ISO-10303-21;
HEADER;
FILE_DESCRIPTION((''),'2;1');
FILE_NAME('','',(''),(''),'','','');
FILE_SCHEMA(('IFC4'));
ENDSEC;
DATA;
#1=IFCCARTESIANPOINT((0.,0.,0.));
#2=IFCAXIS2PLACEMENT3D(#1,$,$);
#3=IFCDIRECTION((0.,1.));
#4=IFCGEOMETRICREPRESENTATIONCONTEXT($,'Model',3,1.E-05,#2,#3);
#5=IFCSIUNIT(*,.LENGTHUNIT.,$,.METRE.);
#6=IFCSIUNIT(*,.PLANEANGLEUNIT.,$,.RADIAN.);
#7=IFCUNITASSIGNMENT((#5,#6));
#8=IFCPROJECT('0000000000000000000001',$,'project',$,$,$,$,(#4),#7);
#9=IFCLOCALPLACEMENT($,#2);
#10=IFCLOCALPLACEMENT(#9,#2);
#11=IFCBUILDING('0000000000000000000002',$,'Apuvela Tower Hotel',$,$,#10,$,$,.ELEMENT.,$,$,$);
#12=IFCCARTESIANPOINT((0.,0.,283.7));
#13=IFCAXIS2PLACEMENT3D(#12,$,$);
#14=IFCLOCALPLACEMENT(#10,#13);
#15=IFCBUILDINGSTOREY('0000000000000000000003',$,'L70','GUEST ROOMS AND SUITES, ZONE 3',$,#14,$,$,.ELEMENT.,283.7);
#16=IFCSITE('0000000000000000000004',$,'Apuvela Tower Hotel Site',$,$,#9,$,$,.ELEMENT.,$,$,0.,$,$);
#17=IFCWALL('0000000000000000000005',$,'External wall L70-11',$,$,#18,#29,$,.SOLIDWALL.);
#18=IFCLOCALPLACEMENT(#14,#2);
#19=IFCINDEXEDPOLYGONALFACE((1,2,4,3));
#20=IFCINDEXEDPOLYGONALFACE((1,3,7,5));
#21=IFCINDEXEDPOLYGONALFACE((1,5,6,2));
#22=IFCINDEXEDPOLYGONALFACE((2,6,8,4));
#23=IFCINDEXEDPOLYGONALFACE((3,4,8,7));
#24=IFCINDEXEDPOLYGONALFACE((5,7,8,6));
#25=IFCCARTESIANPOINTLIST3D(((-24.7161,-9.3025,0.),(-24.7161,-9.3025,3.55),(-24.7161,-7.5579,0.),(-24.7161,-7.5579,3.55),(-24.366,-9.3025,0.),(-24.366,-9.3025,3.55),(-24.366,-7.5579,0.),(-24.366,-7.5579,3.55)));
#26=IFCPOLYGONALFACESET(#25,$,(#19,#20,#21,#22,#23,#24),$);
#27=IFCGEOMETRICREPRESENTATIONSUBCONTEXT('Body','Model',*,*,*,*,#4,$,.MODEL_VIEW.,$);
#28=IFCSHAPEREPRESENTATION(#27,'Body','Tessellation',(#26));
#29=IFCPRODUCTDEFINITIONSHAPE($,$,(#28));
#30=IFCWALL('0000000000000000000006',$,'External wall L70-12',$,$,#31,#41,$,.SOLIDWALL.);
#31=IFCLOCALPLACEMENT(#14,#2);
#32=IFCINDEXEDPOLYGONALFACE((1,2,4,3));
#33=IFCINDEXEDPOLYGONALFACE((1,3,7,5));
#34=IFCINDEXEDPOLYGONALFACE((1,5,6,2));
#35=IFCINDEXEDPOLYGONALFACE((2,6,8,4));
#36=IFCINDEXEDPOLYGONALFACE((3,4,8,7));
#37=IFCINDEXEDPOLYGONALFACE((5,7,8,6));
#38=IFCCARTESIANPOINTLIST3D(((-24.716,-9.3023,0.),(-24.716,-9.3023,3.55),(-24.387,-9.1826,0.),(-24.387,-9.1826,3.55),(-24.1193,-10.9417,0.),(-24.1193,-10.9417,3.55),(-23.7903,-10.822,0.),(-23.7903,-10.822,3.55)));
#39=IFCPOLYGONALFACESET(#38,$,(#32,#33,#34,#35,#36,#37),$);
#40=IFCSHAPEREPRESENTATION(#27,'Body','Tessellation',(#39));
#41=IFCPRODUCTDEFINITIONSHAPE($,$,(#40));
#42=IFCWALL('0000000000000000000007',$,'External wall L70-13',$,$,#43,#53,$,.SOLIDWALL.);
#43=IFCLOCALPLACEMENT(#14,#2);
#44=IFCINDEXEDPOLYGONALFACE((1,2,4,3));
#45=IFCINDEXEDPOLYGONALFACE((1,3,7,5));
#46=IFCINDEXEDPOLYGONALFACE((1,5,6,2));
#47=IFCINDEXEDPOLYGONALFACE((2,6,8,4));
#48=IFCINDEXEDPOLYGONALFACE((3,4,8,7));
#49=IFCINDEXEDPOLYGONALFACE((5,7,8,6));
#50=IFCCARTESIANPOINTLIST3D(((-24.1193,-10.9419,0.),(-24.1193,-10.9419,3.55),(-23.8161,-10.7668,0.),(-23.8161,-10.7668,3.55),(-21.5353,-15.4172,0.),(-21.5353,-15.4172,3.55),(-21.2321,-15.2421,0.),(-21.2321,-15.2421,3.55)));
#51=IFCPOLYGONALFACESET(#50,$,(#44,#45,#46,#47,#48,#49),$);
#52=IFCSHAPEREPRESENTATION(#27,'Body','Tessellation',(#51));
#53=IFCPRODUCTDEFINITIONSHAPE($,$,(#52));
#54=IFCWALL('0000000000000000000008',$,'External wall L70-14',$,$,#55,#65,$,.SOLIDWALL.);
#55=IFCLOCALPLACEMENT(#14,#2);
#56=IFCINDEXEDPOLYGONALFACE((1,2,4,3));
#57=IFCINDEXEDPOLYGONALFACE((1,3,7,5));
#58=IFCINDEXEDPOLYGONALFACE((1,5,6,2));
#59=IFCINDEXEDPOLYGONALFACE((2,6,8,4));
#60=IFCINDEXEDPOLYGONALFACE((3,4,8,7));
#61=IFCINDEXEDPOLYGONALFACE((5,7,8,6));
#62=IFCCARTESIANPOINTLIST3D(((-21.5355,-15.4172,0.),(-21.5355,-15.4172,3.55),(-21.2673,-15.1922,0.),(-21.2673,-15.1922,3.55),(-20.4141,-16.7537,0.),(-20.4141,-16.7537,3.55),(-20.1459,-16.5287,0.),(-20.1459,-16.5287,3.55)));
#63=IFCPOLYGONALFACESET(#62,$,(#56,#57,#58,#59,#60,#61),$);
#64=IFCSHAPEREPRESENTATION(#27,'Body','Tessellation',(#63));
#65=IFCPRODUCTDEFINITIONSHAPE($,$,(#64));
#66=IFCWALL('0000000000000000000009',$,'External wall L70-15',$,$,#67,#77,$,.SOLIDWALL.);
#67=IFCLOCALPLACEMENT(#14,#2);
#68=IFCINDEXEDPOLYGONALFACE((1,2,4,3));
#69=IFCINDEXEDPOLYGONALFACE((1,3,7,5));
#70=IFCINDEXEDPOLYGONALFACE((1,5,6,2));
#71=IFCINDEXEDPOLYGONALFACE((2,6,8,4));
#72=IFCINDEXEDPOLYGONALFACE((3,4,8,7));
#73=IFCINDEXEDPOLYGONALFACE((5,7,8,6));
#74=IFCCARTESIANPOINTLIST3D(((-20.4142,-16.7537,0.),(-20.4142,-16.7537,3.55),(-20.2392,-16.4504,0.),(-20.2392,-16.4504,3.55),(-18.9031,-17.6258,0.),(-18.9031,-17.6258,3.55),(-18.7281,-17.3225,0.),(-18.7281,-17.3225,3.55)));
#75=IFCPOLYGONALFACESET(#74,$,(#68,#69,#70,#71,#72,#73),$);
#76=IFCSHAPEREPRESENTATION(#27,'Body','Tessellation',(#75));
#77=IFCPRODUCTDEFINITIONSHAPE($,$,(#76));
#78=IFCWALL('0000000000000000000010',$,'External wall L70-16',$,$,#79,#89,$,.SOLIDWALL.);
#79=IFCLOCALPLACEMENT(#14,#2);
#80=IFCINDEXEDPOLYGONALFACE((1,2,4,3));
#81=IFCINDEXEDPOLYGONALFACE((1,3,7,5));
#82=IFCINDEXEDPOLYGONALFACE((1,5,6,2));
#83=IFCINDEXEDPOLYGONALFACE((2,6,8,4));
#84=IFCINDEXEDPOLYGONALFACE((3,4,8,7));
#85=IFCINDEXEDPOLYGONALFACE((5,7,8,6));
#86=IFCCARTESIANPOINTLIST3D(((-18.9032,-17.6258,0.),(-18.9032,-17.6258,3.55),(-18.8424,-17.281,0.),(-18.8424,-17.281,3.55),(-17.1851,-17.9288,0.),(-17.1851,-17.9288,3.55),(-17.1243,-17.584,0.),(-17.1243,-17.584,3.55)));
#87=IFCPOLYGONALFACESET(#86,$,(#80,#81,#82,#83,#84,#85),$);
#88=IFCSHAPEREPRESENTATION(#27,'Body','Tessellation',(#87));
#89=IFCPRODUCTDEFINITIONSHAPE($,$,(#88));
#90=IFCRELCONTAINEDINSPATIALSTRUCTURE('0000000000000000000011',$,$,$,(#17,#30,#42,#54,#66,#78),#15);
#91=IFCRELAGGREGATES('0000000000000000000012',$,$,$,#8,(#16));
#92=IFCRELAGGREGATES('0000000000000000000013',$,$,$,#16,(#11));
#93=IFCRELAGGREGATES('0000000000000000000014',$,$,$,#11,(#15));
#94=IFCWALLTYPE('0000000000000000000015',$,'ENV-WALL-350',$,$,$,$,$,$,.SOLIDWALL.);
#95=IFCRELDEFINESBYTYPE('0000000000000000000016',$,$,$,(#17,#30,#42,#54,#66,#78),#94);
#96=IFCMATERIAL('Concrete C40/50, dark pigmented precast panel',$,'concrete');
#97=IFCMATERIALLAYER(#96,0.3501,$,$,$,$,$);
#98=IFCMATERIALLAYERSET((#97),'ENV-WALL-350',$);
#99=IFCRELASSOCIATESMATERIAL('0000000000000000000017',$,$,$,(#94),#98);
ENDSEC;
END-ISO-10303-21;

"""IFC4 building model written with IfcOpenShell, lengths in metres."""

from ifc_helpers import new_model, si_unit, direction, frame, frame_2d, origin, place, context, subcontext, project, spatial, rectangle, extrude, material, layer, layer_set, type_object, element, save


model = new_model("IFC4")

# Units and contexts
model_context = context("Model", 3, precision=1e-05, world=origin(), true_north=direction((0.0, 1.0)))
body_context = subcontext(model_context, "Body", "Model", "MODEL_VIEW")
ifc_project = project(units=[si_unit("LENGTHUNIT", "METRE"), si_unit("PLANEANGLEUNIT", "RADIAN")], contexts=[model_context])

# Site, building, storey
site_placement = place(None, origin())
site = spatial("IfcSite", under=ifc_project, at=site_placement, Name="Apuvela Tower Hotel Site", CompositionType="ELEMENT", RefElevation=0.0)
building_placement = place(site_placement, origin())
building = spatial("IfcBuilding", under=site, at=building_placement, Name="Apuvela Tower Hotel", CompositionType="ELEMENT")
storey_placement = place(building_placement, frame((0.0, 0.0, 283.7)))
storey = spatial("IfcBuildingStorey", under=building, at=storey_placement, Name="L70", Description="GUEST ROOMS AND SUITES, ZONE 3", CompositionType="ELEMENT", Elevation=283.7)

# Walls
ifc_material_1 = material(Name="Concrete C40/50, dark pigmented precast panel", Category="concrete")
ifc_layer_1 = layer(ifc_material_1, 0.3501)
ifc_layer_set_1 = layer_set([ifc_layer_1], Name="ENV-WALL-350")
wall_type_1 = type_object("IfcWallType", Name="ENV-WALL-350", PredefinedType="SOLIDWALL", material=ifc_layer_set_1)
for number, where, z_axis, x_axis, name in (
    (1, (-24.541, -7.5579, 0.0), (0.0, 0.0, 1.0), (0.0, -1.0, 0.0), "External wall L70-11"),
    (2, (-24.5515, -9.2424, 0.0), (0.0, 0.0, 1.0), (0.342013, -0.939695, 0.0), "External wall L70-12"),
):
    element("IfcWall", number, at=place(storey_placement, frame(where, z_axis=z_axis, x_axis=x_axis)), inside=storey, type_object=wall_type_1, Name=name, PredefinedType="SOLIDWALL", context=body_context, shape_type="SweptSolid", body=[
        extrude(rectangle(XDim=1.7446, YDim=0.3501, at=frame_2d((0.8723, 0.0))), origin(), (0.0, 0.0, 1.0), 3.55),
    ])
wall_1_placement = place(storey_placement, frame((-23.9678, -10.8542, 0.0), z_axis=(0.0, 0.0, 1.0), x_axis=(0.500021, -0.866013, 0.0)))
element("IfcWall", 3, at=wall_1_placement, inside=storey, type_object=wall_type_1, Name="External wall L70-13", PredefinedType="SOLIDWALL", context=body_context, shape_type="SweptSolid", body=[
    extrude(rectangle(XDim=5.1677, YDim=0.3501, at=frame_2d((2.584, 0.0))), origin(), (0.0, 0.0, 1.0), 3.55),
])
for number, where, z_axis, x_axis, name in (
    (4, (-21.4014, -15.3047, 0.0), (0.0, 0.0, 1.0), (0.642769, -0.76606, 0.0), "External wall L70-14"),
    (5, (-20.3267, -16.6021, 0.0), (0.0, 0.0, 1.0), (0.866099, -0.499872, 0.0), "External wall L70-15"),
    (6, (-18.8728, -17.4534, 0.0), (0.0, 0.0, 1.0), (0.984803, -0.173674, 0.0), "External wall L70-16"),
):
    element("IfcWall", number, at=place(storey_placement, frame(where, z_axis=z_axis, x_axis=x_axis)), inside=storey, type_object=wall_type_1, Name=name, PredefinedType="SOLIDWALL", context=body_context, shape_type="SweptSolid", body=[
        extrude(rectangle(XDim=1.7446, YDim=0.3501, at=frame_2d((0.8723, 0.0))), origin(), (0.0, 0.0, 1.0), 3.55),
    ])

save(model, "model.ifc")
